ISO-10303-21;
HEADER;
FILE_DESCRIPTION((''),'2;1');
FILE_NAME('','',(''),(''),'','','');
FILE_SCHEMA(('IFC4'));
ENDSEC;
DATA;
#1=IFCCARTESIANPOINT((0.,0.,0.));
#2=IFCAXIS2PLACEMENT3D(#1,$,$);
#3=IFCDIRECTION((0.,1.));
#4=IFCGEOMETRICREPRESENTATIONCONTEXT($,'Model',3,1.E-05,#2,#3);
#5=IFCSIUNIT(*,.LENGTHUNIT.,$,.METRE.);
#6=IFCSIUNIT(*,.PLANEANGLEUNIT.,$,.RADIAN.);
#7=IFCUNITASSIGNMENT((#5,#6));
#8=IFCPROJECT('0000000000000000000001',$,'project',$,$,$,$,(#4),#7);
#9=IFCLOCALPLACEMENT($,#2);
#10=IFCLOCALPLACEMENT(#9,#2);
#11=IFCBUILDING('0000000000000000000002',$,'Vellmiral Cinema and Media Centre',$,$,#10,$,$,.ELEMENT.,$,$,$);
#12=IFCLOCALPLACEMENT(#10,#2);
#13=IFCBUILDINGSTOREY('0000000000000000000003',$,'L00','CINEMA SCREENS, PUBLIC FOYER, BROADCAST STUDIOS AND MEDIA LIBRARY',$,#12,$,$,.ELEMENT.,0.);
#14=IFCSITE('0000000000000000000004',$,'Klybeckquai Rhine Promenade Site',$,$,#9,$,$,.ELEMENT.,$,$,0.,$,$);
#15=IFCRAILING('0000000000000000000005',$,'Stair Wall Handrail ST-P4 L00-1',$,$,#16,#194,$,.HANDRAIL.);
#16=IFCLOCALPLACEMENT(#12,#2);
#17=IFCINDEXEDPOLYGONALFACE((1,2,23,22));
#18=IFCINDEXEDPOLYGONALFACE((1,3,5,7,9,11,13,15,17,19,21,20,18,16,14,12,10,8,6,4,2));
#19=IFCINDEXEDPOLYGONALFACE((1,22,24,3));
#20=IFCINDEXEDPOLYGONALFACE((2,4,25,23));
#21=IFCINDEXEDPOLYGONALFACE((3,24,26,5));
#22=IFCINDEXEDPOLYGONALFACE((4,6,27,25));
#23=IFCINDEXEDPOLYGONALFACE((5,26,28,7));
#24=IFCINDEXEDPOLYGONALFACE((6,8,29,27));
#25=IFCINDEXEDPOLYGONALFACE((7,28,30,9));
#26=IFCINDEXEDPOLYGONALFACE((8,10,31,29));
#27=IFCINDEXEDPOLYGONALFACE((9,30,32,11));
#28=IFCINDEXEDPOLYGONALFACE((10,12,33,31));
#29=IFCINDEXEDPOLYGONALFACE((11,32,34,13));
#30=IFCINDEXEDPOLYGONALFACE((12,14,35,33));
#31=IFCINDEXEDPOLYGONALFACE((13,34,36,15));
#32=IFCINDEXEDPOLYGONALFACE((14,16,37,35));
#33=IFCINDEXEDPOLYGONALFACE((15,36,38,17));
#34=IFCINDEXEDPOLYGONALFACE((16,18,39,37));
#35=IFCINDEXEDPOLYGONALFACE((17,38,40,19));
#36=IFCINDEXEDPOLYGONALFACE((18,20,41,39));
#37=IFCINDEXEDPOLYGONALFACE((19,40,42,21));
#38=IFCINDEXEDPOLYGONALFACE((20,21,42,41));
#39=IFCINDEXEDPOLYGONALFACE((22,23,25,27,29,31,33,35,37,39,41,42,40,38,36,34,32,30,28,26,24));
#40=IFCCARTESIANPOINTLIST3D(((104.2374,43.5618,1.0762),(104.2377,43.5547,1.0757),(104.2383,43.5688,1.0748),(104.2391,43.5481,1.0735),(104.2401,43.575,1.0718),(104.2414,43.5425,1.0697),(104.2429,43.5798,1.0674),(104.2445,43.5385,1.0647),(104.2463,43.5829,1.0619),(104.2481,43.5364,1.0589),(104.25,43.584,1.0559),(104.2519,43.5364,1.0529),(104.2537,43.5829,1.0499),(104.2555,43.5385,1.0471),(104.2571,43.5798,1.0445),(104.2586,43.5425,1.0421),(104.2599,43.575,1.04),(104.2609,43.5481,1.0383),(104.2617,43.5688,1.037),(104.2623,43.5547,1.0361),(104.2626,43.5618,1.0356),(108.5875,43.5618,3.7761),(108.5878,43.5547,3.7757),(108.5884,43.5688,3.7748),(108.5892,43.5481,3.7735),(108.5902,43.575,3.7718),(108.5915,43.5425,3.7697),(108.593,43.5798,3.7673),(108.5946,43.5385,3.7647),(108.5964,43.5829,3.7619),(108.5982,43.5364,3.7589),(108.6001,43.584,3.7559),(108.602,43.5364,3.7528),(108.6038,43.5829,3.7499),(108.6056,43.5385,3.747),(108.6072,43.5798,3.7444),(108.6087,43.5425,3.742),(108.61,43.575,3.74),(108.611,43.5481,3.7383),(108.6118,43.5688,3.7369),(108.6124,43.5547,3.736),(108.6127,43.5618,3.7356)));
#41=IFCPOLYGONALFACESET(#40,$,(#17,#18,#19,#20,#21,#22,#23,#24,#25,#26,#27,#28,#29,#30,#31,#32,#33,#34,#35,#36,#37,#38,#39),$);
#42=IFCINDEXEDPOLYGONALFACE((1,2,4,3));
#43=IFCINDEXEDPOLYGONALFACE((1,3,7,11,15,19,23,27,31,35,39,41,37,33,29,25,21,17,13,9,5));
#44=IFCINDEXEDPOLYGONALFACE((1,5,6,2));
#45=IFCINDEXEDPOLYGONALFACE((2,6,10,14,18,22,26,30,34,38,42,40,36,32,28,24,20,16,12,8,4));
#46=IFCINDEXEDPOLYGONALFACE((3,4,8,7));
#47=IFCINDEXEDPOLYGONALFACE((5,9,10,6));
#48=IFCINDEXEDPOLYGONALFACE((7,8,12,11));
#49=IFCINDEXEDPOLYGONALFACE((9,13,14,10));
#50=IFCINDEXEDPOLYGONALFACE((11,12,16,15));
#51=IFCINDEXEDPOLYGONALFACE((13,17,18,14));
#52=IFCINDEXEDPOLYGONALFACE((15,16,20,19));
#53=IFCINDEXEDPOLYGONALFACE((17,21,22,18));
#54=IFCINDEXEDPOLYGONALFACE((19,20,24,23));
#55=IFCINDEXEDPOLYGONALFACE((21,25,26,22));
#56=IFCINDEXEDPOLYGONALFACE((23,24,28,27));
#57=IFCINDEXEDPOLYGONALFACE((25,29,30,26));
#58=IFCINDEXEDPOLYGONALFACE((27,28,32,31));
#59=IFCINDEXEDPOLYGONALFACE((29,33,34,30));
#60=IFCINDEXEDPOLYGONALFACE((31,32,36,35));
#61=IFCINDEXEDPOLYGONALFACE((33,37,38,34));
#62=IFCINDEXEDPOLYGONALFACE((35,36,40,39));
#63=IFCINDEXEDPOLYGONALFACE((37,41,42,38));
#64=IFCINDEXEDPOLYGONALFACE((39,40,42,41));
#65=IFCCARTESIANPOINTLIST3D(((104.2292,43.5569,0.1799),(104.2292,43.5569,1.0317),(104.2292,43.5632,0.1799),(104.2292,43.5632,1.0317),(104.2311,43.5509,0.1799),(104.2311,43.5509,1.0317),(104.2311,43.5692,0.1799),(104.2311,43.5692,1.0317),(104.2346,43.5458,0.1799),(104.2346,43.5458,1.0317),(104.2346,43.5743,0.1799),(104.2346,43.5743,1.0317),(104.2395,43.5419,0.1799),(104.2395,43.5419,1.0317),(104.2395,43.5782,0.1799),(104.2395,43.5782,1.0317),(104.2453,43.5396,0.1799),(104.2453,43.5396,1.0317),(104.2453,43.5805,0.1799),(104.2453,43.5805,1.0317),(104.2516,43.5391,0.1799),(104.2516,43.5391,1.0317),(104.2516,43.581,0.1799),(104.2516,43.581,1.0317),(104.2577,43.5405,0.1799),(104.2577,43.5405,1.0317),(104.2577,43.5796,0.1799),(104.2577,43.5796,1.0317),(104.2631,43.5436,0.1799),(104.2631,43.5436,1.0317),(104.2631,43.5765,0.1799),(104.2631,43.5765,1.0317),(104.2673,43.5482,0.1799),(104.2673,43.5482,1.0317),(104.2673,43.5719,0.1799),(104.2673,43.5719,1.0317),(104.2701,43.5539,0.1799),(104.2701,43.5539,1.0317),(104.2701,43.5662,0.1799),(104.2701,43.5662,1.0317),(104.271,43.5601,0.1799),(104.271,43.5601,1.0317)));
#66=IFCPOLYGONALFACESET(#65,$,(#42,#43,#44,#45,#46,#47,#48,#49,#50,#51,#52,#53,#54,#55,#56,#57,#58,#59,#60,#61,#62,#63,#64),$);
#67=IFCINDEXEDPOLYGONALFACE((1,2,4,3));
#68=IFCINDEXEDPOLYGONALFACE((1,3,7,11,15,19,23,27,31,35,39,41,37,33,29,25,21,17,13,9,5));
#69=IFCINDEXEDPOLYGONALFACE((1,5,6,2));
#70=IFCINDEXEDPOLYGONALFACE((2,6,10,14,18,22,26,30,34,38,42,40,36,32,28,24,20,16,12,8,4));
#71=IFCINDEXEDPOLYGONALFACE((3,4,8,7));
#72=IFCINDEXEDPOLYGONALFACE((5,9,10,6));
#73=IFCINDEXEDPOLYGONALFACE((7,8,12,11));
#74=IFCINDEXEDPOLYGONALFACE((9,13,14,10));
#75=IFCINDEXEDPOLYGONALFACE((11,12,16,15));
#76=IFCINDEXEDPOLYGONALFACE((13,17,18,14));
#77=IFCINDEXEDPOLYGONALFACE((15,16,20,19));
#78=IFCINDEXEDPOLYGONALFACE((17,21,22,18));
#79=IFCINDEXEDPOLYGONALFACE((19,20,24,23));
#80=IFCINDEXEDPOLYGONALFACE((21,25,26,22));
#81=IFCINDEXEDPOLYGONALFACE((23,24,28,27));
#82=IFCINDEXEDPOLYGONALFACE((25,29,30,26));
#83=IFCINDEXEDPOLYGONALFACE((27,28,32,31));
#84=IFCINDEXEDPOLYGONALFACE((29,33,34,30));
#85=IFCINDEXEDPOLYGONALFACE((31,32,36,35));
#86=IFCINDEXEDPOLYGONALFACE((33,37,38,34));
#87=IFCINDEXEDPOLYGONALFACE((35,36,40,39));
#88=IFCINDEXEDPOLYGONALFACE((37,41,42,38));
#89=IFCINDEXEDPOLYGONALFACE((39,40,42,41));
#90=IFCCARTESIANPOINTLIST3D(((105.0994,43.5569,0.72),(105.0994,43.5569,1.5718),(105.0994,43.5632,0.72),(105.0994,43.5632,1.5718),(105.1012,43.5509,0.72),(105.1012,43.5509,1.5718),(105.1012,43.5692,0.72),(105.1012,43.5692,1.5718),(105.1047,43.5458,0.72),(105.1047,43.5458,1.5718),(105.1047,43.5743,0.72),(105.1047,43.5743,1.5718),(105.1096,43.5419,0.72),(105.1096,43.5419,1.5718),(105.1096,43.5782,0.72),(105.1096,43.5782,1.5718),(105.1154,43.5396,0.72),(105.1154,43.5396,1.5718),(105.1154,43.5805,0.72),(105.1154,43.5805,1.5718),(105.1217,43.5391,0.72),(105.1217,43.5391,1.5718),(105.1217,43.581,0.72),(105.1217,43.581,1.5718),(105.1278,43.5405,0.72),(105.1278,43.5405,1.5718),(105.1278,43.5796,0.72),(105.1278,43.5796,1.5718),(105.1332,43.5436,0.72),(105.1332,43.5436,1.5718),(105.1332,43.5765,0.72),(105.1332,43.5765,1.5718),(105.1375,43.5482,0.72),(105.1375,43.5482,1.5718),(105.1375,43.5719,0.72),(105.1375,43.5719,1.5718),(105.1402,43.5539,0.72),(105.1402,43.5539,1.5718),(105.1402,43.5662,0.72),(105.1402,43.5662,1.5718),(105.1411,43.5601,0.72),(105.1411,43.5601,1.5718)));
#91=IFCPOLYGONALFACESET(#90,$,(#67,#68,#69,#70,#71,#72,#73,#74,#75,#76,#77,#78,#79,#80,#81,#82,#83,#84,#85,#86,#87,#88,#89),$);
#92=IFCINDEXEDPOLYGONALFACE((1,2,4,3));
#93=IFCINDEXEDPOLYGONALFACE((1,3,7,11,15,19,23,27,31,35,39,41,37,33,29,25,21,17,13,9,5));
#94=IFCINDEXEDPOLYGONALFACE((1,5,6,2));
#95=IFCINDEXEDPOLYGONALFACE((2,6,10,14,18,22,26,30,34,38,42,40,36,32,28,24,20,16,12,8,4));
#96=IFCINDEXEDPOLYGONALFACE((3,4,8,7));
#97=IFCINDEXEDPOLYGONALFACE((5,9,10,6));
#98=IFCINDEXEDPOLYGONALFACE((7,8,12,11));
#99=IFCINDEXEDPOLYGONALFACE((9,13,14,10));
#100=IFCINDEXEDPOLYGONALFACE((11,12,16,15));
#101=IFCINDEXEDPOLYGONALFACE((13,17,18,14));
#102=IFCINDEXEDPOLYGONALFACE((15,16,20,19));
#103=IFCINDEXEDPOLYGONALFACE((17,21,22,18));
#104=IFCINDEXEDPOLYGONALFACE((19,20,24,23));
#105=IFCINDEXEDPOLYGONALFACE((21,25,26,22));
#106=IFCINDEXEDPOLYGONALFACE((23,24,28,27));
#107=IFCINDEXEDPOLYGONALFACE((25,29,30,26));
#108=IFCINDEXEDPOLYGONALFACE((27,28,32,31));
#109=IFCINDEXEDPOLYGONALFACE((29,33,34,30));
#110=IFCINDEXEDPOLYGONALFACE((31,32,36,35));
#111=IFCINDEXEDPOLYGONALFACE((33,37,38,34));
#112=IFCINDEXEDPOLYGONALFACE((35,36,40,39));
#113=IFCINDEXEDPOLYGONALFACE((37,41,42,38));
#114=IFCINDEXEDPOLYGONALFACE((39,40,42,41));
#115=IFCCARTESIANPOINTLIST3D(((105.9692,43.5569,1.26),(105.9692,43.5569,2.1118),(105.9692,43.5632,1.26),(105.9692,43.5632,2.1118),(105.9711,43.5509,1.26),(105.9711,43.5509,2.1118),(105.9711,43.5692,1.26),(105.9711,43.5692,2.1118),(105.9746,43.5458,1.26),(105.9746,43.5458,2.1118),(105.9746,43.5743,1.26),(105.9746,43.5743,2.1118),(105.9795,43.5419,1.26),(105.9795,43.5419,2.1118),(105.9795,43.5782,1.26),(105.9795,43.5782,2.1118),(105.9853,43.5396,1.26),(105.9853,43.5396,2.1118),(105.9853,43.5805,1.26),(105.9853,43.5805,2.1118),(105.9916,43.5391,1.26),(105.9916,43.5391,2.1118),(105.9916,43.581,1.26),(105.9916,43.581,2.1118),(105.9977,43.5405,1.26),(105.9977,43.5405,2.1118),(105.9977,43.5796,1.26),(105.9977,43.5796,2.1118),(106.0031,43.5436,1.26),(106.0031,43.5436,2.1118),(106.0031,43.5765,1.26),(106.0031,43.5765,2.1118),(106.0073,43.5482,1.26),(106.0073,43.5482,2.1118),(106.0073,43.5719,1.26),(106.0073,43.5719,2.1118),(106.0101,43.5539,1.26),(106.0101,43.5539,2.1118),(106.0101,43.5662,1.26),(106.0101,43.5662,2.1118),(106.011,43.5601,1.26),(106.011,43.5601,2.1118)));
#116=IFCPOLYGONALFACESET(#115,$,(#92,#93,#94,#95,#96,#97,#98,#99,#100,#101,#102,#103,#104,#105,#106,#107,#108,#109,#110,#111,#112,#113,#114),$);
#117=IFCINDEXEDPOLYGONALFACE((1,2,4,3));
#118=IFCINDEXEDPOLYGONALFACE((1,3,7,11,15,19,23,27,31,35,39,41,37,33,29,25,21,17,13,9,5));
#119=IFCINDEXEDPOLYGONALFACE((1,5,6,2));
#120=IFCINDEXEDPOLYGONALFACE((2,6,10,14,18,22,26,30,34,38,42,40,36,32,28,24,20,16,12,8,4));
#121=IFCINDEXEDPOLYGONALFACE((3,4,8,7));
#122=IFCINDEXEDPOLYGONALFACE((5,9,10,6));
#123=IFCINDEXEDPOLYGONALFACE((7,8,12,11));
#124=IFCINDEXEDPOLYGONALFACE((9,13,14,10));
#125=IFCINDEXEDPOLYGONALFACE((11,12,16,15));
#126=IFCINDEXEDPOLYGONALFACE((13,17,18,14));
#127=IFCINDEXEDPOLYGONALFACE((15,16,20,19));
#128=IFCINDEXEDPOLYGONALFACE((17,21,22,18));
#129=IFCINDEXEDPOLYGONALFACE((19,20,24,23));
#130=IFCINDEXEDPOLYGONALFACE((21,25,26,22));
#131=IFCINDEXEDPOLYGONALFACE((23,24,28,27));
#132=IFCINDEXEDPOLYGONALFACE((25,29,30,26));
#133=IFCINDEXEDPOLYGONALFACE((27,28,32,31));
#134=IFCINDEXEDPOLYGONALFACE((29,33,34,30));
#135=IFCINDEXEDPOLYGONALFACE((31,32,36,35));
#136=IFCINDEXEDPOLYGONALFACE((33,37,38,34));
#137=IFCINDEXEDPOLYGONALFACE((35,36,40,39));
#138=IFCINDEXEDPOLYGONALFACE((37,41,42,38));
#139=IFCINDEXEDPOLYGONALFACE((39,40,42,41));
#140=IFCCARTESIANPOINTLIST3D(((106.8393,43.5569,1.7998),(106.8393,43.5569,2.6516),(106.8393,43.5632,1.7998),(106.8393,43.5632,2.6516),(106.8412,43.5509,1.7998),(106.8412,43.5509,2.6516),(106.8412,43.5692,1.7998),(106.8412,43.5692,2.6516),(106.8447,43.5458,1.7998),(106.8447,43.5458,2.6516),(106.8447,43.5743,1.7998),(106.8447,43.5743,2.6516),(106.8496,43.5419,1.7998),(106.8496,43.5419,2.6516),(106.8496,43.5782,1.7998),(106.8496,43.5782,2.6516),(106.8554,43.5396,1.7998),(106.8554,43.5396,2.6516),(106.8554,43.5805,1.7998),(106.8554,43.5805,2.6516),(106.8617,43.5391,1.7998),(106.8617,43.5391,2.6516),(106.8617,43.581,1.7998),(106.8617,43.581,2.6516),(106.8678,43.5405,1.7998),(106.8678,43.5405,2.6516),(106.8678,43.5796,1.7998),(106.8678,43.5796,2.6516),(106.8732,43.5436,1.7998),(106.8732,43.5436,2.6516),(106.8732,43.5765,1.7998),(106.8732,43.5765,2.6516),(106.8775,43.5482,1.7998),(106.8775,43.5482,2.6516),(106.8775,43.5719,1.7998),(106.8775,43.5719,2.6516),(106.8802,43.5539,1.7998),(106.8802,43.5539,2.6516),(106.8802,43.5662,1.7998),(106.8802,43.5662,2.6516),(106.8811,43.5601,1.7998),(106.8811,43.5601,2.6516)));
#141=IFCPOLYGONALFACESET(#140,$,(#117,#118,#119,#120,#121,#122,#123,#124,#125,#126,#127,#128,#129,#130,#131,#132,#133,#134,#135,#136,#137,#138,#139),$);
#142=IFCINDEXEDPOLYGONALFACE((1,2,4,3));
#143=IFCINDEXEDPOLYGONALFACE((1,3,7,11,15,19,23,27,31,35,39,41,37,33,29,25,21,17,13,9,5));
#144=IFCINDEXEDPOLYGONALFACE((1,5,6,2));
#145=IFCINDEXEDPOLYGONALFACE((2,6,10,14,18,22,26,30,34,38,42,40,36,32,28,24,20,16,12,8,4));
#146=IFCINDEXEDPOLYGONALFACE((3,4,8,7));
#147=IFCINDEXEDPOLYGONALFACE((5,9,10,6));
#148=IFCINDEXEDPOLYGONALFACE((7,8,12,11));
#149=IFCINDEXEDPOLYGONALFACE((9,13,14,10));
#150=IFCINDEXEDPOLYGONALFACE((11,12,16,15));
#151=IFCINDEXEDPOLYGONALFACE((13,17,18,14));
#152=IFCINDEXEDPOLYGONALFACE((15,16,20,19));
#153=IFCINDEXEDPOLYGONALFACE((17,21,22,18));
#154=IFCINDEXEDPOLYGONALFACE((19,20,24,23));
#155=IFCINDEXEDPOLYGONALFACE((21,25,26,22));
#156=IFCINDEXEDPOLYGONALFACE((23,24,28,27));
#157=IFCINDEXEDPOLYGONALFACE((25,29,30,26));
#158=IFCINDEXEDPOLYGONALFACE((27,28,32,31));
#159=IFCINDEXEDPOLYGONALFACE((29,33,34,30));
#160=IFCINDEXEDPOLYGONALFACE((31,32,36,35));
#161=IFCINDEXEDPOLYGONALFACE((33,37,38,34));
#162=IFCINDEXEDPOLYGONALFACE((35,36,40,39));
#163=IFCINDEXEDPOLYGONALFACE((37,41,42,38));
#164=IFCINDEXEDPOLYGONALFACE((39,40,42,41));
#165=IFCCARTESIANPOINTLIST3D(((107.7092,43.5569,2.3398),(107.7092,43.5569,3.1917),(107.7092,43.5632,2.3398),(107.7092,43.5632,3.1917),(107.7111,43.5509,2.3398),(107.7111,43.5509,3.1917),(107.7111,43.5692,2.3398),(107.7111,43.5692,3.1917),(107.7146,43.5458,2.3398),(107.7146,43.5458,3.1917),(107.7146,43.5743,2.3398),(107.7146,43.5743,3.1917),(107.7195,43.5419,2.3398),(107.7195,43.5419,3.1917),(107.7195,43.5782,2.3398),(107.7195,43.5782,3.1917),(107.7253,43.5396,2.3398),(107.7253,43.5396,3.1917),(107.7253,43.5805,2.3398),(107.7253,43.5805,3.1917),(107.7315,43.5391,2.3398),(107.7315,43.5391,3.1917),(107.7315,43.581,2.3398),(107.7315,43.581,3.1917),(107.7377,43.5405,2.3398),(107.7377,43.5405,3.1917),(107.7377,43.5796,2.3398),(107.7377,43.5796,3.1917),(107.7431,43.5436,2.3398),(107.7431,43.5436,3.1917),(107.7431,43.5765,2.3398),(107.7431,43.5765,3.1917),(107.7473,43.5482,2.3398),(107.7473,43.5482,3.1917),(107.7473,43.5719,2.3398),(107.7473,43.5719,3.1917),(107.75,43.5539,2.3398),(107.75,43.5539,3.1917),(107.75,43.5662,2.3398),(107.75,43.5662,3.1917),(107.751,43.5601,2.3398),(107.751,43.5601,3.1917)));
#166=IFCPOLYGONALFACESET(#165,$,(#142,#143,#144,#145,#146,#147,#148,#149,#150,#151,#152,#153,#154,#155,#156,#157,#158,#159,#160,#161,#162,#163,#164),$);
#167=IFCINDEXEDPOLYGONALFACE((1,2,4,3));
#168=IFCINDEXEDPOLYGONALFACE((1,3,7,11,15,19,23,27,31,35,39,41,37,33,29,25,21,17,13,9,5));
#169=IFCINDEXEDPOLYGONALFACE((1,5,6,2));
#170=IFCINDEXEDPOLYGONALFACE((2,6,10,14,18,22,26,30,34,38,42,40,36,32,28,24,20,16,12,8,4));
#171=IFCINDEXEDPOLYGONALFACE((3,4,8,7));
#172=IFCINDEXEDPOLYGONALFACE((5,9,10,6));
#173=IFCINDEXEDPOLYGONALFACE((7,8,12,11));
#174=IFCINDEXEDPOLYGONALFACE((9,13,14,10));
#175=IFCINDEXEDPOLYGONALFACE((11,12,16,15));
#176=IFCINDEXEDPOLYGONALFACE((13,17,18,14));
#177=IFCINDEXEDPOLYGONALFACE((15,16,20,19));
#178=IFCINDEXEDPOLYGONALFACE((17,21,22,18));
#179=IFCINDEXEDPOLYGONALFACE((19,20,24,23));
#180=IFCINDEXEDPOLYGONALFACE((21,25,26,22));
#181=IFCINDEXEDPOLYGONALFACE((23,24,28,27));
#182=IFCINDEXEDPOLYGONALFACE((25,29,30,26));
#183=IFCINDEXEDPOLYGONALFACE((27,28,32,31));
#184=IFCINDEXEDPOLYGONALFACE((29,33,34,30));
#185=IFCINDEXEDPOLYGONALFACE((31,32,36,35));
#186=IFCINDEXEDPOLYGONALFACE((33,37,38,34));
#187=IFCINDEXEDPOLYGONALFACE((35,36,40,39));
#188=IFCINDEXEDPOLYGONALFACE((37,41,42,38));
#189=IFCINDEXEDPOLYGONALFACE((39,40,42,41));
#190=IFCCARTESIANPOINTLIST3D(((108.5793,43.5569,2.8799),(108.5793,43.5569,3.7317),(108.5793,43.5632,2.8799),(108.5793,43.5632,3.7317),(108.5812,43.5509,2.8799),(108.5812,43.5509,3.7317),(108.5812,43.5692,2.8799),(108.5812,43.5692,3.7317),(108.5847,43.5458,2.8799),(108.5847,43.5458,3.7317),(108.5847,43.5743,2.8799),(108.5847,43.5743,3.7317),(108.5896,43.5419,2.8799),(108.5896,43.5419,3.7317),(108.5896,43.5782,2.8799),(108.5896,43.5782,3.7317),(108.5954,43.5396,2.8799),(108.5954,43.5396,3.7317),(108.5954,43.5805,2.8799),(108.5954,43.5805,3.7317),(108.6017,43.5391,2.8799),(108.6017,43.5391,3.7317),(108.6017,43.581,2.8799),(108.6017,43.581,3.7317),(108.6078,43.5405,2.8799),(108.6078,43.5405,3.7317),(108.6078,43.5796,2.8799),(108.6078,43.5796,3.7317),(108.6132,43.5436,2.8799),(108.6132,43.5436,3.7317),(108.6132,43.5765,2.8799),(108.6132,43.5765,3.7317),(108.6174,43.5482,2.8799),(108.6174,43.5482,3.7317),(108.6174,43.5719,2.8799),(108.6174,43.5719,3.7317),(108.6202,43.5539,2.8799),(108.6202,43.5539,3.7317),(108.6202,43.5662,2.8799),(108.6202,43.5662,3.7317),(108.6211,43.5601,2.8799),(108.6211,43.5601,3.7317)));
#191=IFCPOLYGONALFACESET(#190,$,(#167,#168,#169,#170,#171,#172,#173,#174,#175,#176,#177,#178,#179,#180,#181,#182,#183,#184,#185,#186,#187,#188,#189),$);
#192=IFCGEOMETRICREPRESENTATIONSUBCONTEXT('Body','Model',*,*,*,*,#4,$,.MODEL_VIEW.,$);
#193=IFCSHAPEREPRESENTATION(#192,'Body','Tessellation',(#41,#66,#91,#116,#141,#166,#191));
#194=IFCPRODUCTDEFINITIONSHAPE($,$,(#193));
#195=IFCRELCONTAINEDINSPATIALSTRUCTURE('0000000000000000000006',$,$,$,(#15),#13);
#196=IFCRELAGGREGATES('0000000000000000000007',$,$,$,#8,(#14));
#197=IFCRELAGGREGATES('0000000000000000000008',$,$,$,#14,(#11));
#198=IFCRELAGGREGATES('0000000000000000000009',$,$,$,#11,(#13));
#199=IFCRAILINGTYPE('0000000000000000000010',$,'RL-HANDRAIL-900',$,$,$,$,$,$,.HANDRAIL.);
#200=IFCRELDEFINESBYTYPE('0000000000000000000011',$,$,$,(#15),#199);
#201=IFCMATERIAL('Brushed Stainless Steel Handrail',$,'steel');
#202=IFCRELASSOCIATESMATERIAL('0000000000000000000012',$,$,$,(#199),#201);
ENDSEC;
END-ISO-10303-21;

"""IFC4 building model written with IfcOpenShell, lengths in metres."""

from ifc_helpers import new_model, si_unit, direction, frame, origin, origin_2d, place, context, subcontext, project, spatial, circle, extrude, material, type_object, element, save


model = new_model("IFC4")

# Units and contexts
model_context = context("Model", 3, precision=1e-05, world=origin(), true_north=direction((0.0, 1.0)))
body_context = subcontext(model_context, "Body", "Model", "MODEL_VIEW")
ifc_project = project(units=[si_unit("LENGTHUNIT", "METRE"), si_unit("PLANEANGLEUNIT", "RADIAN")], contexts=[model_context])

# Site, building, storey
site_placement = place(None, origin())
site = spatial("IfcSite", under=ifc_project, at=site_placement, Name="Klybeckquai Rhine Promenade Site", CompositionType="ELEMENT", RefElevation=0.0)
building_placement = place(site_placement, origin())
building = spatial("IfcBuilding", under=site, at=building_placement, Name="Vellmiral Cinema and Media Centre", CompositionType="ELEMENT")
storey_placement = place(building_placement, origin())
storey = spatial("IfcBuildingStorey", under=building, at=storey_placement, Name="L00", Description="CINEMA SCREENS, PUBLIC FOYER, BROADCAST STUDIOS AND MEDIA LIBRARY", CompositionType="ELEMENT", Elevation=0.0)

# Railing
ifc_material_1 = material(Name="Brushed Stainless Steel Handrail", Category="steel")
railing_type_1 = type_object("IfcRailingType", Name="RL-HANDRAIL-900", PredefinedType="HANDRAIL", material=ifc_material_1)
railing_1_placement = place(storey_placement, frame((104.25, 43.5601, 0.1799)))
element("IfcRailing", 1, at=railing_1_placement, inside=storey, type_object=railing_type_1, Name="Stair Wall Handrail ST-P4 L00-1", PredefinedType="HANDRAIL", context=body_context, shape_type="SweptSolid", body=[
    extrude(circle(Radius=0.0239, at=origin_2d()), frame((0.0, 0.0, 0.876), z_axis=(0.84965, 0.0, 0.527347), x_axis=(0.0, 1.0, 0.0)), (0.0, 0.0, 1.0), 5.1199),
    extrude(circle(Radius=0.021, at=origin_2d()), origin(), (0.0, 0.0, 1.0), 0.8518),
    extrude(circle(Radius=0.021, at=origin_2d()), frame((0.8701, 0.0, 0.54)), (0.0, 0.0, 1.0), 0.8518),
    extrude(circle(Radius=0.021, at=origin_2d()), frame((1.74, 0.0, 1.0801)), (0.0, 0.0, 1.0), 0.8518),
    extrude(circle(Radius=0.021, at=origin_2d()), frame((2.6101, 0.0, 1.6199)), (0.0, 0.0, 1.0), 0.8518),
    extrude(circle(Radius=0.021, at=origin_2d()), frame((3.48, 0.0, 2.1599)), (0.0, 0.0, 1.0), 0.8518),
    extrude(circle(Radius=0.021, at=origin_2d()), frame((4.3501, 0.0, 2.7)), (0.0, 0.0, 1.0), 0.8518),
])

save(model, "model.ifc")
